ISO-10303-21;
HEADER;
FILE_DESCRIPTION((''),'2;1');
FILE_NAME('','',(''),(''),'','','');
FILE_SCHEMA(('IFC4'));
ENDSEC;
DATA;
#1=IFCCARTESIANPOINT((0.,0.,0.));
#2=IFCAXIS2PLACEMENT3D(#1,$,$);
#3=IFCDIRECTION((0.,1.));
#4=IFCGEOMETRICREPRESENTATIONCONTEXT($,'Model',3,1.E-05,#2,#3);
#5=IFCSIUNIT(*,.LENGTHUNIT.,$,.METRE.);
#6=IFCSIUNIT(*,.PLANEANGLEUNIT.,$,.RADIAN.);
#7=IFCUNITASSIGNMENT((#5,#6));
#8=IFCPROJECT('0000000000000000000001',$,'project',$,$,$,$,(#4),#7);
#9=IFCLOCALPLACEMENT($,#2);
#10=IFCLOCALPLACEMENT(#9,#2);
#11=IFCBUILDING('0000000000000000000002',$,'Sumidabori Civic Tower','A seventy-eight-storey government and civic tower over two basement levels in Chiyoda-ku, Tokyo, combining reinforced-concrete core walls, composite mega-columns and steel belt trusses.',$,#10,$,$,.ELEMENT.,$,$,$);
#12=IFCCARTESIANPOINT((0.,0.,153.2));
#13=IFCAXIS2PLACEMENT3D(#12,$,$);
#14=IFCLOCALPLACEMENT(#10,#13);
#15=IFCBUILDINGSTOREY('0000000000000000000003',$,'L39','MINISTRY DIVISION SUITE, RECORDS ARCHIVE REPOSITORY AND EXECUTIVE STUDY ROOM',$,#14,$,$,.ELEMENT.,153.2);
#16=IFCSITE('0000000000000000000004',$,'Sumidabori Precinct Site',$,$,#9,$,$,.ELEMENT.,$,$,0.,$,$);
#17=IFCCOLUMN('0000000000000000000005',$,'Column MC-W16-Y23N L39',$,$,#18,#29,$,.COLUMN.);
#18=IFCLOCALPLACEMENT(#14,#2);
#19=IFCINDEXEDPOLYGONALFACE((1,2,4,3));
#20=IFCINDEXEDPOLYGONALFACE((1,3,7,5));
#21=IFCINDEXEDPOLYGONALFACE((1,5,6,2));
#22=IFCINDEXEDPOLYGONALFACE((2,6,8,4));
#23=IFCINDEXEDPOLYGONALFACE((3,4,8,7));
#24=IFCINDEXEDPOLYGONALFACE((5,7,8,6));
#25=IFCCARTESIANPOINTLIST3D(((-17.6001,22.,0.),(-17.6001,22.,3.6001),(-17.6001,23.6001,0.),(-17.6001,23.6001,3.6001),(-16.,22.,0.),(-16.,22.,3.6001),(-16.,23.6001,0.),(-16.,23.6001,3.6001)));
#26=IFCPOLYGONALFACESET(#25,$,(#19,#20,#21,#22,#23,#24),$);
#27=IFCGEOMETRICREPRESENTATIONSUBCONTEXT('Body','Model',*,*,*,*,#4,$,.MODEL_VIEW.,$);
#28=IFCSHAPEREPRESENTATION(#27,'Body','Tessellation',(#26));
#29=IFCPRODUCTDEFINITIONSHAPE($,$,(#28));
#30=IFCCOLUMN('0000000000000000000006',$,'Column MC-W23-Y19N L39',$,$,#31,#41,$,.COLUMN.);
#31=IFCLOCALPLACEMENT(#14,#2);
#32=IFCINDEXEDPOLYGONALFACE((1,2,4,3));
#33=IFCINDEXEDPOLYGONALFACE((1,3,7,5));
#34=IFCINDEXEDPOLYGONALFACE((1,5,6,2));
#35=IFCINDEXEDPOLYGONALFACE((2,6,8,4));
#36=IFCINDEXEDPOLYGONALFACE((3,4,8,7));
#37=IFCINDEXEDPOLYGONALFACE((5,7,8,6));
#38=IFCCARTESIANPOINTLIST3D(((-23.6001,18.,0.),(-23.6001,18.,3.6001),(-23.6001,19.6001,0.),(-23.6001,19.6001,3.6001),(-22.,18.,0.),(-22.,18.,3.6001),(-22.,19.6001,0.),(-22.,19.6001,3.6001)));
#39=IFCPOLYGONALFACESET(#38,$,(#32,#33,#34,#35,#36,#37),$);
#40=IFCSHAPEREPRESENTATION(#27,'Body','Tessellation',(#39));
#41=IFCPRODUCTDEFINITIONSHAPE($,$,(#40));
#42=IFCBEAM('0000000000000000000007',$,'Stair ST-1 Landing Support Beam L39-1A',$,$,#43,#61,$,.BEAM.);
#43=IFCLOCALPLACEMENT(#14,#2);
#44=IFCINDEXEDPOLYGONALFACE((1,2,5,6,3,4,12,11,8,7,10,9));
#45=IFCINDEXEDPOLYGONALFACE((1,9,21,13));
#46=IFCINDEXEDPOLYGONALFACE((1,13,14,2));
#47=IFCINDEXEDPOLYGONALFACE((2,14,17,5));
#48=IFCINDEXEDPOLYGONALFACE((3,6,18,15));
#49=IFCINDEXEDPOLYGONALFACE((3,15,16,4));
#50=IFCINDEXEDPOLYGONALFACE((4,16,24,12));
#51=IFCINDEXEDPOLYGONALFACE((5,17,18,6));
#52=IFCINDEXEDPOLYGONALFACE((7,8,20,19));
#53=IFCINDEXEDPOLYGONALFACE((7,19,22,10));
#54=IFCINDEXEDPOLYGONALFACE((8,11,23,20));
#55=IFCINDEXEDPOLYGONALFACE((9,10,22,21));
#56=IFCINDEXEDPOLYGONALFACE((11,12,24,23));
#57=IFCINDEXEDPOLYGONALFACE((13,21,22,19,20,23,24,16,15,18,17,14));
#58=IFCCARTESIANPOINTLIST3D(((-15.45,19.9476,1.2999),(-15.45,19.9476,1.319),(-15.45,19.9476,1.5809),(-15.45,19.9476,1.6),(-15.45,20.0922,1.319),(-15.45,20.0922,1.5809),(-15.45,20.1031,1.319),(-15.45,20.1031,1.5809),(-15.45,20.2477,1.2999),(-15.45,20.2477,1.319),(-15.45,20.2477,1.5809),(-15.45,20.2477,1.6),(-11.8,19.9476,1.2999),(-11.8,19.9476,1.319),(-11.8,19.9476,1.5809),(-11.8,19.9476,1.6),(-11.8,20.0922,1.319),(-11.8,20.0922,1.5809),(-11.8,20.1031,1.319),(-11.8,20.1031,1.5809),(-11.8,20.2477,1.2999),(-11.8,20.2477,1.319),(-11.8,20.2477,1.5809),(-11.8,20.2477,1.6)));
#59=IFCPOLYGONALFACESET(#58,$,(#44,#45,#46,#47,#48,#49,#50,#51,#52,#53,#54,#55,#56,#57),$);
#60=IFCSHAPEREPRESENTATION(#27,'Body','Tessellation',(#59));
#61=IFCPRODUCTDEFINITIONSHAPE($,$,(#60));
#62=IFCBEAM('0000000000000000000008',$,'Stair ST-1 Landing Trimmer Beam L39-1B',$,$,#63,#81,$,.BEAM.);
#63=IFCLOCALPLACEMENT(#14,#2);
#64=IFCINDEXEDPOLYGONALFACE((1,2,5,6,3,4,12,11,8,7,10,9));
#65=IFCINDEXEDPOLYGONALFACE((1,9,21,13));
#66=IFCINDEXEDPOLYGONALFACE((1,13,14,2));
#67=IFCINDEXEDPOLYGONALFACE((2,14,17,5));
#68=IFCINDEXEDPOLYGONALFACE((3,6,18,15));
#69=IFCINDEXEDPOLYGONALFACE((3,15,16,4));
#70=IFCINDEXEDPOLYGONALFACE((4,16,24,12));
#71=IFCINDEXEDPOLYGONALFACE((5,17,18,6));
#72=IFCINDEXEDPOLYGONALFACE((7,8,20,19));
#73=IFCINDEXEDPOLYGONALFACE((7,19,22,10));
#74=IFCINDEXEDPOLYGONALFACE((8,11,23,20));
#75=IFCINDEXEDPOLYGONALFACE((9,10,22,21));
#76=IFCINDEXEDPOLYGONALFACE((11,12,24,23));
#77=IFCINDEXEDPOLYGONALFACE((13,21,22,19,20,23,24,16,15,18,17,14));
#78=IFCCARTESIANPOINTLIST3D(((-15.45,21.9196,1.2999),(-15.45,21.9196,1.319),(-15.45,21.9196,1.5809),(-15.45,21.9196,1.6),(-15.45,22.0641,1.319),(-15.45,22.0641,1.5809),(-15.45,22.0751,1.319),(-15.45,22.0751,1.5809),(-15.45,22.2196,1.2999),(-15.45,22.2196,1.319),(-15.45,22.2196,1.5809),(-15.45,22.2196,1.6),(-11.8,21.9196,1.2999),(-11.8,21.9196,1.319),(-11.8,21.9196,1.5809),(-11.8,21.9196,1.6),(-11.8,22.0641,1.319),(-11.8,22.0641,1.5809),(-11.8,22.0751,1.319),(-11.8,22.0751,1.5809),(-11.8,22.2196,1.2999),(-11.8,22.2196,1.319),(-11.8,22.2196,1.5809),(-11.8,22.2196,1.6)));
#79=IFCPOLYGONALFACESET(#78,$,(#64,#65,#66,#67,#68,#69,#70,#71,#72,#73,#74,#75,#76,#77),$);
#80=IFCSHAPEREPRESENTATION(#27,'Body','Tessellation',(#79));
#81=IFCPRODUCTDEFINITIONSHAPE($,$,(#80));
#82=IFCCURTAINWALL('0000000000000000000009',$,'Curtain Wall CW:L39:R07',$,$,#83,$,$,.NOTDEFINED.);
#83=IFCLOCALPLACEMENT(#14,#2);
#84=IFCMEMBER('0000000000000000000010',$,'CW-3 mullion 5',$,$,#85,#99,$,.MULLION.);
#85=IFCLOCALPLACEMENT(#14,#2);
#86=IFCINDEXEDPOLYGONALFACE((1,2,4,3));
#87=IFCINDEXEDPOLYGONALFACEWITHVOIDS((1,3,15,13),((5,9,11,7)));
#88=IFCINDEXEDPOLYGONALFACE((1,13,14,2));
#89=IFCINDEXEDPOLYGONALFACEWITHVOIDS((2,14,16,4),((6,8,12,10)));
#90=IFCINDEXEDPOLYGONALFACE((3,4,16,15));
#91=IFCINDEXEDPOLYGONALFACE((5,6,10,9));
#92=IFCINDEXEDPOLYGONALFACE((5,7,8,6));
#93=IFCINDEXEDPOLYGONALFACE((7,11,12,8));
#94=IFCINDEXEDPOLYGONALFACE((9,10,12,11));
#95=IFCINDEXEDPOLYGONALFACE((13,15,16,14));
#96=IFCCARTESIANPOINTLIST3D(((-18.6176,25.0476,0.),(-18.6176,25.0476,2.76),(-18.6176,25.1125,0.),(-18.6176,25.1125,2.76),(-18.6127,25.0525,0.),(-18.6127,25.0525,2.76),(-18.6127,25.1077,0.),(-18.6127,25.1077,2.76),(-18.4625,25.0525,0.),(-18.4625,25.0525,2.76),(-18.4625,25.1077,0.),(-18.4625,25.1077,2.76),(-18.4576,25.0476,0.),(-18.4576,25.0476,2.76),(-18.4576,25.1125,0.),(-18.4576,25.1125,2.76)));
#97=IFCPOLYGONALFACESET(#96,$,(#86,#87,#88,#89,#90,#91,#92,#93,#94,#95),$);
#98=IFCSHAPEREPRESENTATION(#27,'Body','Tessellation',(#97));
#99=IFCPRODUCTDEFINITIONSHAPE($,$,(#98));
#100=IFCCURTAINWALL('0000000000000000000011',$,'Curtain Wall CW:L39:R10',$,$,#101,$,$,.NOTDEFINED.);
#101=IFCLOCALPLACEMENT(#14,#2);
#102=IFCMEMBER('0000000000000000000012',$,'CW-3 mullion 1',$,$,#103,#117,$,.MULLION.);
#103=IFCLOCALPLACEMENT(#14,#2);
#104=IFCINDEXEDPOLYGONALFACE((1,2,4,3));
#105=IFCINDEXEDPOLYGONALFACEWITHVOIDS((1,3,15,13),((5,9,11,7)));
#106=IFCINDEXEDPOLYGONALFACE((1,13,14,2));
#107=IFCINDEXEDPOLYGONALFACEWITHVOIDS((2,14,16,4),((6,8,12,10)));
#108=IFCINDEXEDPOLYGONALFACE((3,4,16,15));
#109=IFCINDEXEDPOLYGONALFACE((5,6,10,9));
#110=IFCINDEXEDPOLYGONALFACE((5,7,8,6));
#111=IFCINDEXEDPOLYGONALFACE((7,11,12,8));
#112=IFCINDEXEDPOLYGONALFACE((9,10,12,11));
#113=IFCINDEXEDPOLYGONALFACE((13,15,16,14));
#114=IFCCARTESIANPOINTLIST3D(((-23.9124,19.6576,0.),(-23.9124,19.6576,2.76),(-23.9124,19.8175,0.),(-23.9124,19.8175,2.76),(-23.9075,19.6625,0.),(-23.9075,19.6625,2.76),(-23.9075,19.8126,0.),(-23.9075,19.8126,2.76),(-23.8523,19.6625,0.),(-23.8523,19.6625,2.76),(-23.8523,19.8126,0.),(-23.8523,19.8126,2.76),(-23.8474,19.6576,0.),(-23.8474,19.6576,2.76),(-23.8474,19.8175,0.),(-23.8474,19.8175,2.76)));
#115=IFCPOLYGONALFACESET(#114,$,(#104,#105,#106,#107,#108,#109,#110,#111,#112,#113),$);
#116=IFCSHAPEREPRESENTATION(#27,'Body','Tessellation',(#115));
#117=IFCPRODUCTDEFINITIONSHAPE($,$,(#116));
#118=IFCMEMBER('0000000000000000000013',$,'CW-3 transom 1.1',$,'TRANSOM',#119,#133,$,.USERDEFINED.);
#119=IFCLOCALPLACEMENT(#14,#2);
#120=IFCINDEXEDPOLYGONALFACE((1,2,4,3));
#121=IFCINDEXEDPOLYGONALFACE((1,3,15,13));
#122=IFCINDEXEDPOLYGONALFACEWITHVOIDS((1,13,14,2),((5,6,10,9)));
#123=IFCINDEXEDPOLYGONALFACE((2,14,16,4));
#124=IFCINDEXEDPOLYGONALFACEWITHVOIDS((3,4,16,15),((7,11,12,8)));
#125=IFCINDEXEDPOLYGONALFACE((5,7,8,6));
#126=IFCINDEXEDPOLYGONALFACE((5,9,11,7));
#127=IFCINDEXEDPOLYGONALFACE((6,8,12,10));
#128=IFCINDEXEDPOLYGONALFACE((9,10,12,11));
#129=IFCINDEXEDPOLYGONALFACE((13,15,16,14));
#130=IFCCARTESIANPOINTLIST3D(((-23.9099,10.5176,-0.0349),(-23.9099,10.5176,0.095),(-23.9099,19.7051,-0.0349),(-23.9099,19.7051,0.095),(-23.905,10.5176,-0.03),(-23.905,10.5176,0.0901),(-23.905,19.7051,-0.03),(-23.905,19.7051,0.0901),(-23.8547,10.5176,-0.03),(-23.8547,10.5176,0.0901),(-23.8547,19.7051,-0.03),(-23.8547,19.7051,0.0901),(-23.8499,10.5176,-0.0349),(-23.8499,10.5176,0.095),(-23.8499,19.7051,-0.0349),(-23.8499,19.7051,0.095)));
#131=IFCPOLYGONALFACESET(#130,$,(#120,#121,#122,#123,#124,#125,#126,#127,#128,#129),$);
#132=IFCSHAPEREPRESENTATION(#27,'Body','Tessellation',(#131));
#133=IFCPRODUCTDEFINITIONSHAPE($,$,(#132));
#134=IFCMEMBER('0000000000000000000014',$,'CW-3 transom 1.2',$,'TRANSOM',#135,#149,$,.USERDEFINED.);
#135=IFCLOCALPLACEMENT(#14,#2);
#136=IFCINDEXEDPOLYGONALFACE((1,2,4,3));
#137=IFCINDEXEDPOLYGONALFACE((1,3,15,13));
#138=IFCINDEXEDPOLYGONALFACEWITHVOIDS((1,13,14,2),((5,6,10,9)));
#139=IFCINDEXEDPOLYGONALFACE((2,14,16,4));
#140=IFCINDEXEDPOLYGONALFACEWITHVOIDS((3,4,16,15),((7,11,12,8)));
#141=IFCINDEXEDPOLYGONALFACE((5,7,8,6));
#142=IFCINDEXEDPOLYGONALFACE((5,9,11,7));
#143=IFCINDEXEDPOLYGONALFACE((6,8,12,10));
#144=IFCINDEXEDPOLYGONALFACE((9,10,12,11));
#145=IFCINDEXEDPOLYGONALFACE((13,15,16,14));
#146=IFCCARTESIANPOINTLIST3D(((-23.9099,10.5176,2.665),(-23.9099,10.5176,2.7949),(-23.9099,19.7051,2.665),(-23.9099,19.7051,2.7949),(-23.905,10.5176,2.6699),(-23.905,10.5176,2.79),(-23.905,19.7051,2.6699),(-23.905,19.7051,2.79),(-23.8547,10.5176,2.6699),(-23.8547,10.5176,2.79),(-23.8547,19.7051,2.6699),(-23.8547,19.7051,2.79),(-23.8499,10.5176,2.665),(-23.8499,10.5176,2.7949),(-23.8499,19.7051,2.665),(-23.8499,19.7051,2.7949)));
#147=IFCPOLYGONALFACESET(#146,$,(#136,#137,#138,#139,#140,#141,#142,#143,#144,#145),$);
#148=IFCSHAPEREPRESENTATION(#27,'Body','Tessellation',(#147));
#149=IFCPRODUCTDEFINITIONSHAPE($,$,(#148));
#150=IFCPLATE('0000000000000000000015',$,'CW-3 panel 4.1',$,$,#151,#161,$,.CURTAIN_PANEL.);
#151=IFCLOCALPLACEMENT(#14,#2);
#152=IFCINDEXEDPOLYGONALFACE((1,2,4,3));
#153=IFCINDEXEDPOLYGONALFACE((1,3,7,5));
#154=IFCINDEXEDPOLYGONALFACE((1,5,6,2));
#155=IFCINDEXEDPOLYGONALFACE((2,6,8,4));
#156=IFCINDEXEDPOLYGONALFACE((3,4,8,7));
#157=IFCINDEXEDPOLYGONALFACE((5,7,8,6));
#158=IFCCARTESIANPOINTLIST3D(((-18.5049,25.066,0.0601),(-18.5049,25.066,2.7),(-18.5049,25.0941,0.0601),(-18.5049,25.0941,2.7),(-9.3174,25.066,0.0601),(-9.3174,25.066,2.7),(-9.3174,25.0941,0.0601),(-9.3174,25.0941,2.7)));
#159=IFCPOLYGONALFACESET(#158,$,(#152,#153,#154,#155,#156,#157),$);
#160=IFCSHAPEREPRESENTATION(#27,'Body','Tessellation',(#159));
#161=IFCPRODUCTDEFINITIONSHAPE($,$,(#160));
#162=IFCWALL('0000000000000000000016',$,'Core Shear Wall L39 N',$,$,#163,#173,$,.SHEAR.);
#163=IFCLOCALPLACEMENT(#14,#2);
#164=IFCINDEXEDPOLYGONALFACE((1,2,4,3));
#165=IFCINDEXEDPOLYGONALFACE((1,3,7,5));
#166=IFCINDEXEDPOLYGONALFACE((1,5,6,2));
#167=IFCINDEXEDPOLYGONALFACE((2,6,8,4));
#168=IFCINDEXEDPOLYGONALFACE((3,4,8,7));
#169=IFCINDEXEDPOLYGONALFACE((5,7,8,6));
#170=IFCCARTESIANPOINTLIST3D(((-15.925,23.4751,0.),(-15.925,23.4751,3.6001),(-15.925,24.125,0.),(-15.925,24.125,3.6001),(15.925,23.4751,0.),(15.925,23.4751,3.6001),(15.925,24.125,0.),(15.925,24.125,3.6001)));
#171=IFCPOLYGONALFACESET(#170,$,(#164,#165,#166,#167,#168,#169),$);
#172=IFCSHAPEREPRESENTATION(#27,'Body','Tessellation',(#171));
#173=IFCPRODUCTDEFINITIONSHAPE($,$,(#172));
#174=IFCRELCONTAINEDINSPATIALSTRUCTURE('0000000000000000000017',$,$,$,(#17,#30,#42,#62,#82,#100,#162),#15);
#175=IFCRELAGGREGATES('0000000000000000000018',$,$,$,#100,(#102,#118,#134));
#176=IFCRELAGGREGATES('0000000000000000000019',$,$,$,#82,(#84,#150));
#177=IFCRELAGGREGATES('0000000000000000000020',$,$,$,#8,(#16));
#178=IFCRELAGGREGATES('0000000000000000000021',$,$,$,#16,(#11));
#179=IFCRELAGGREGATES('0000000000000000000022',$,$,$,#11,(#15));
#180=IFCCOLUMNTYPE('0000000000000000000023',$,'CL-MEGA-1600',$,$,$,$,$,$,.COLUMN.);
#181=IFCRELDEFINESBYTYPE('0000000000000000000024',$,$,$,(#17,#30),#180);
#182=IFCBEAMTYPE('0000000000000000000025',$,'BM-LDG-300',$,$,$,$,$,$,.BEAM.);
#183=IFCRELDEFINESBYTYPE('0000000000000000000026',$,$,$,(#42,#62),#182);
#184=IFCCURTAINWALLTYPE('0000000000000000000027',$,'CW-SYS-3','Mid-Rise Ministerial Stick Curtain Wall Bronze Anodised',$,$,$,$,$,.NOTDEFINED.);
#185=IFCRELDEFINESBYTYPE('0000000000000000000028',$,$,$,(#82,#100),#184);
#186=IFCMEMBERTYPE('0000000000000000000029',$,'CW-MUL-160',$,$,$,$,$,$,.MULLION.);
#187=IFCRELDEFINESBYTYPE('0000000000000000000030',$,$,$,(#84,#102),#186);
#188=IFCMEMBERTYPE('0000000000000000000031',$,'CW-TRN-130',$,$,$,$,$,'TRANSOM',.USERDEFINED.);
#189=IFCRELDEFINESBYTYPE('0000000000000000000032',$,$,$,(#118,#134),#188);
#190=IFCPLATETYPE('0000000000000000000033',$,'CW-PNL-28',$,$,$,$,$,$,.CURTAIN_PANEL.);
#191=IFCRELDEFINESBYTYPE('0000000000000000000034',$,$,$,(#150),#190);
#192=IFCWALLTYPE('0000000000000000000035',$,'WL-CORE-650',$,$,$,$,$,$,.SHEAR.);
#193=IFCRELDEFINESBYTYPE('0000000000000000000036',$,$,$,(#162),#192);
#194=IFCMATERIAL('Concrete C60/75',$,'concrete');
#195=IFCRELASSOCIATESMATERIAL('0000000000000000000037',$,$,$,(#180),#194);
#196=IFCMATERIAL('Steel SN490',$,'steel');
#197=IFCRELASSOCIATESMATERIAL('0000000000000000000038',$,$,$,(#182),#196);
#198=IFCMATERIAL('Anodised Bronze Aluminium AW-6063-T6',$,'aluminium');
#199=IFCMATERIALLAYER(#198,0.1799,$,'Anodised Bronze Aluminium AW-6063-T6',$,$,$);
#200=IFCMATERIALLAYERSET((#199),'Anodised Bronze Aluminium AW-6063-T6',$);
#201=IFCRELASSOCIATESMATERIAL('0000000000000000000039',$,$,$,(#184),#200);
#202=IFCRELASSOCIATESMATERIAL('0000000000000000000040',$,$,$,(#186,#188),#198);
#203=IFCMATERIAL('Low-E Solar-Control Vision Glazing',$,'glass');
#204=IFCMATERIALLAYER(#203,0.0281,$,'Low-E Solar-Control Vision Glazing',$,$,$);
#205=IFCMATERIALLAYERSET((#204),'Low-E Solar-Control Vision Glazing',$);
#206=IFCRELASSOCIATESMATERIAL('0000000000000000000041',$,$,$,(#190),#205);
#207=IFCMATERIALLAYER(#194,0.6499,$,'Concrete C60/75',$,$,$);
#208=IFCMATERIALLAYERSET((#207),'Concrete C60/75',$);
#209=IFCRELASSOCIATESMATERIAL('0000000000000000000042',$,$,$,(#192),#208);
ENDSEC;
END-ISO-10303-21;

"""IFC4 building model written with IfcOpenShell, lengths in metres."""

from ifc_helpers import new_model, si_unit, direction, frame, frame_2d, origin, origin_2d, place, context, subcontext, project, spatial, rectangle, hollow_rectangle, i_section, extrude, source, transform, mapped, material, layer, layer_set, material_profile, profile_set, type_object, element, aggregate, save


model = new_model("IFC4")

# Units and contexts
model_context = context("Model", 3, precision=1e-05, world=origin(), true_north=direction((0.0, 1.0)))
body_context = subcontext(model_context, "Body", "Model", "MODEL_VIEW")
ifc_project = project(units=[si_unit("LENGTHUNIT", "METRE"), si_unit("PLANEANGLEUNIT", "RADIAN")], contexts=[model_context])

# Site, building, storey
site_placement = place(None, origin())
site = spatial("IfcSite", under=ifc_project, at=site_placement, Name="Sumidabori Precinct Site", CompositionType="ELEMENT", RefElevation=0.0)
building_placement = place(site_placement, origin())
building = spatial("IfcBuilding", under=site, at=building_placement, Name="Sumidabori Civic Tower", Description="A seventy-eight-storey government and civic tower over two basement levels in Chiyoda-ku, Tokyo, combining reinforced-concrete core walls, composite mega-columns and steel belt trusses.", CompositionType="ELEMENT")
storey_placement = place(building_placement, frame((0.0, 0.0, 153.2)))
storey = spatial("IfcBuildingStorey", under=building, at=storey_placement, Name="L39", Description="MINISTRY DIVISION SUITE, RECORDS ARCHIVE REPOSITORY AND EXECUTIVE STUDY ROOM", CompositionType="ELEMENT", Elevation=153.2)

# Columns
ifc_material_1 = material(Name="Concrete C60/75", Category="concrete")
ifc_material_profile_1 = material_profile(ifc_material_1, rectangle(XDim=1.6001, YDim=1.6001, at=origin_2d()), Name="RC 1600x1600")
ifc_profile_set_1 = profile_set([ifc_material_profile_1], Name="Concrete C60/75")
column_type = type_object("IfcColumnType", Name="CL-MEGA-1600", PredefinedType="COLUMN", material=ifc_profile_set_1)
shared_shape_1 = source(origin(), body_context, "Body", "SweptSolid", [
    extrude(rectangle(XDim=1.6001, YDim=1.6001, at=origin_2d()), origin(), (0.0, 0.0, 1.0), 3.6001),
])
for number, where, z_axis, x_axis, name in (
    (1, (-16.8, 22.8, 0.0), (0.0, 0.0, 1.0), (1.0, 0.0, 0.0), "Column MC-W16-Y23N L39"),
    (2, (-22.8, 18.8, 0.0), (0.0, 0.0, 1.0), (1.0, 0.0, 0.0), "Column MC-W23-Y19N L39"),
):
    element("IfcColumn", number, at=place(storey_placement, frame(where, z_axis=z_axis, x_axis=x_axis)), inside=storey, type_object=column_type, Name=name, PredefinedType="COLUMN", context=body_context, shape_type="MappedRepresentation", body=[
        mapped(shared_shape_1, transform((0.0, 0.0, 0.0), x_axis=(1.0, 0.0, 0.0), y_axis=(0.0, 1.0, 0.0), z_axis=(0.0, 0.0, 1.0), scale=1.0)),
    ])

# Beams
ifc_material_2 = material(Name="Steel SN490", Category="steel")
ifc_material_profile_2 = material_profile(ifc_material_2, i_section(OverallWidth=0.3, OverallDepth=0.3, WebThickness=0.011, FlangeThickness=0.019, at=origin_2d()), Name="HE 300 B")
ifc_profile_set_2 = profile_set([ifc_material_profile_2], Name="Steel SN490")
beam_type = type_object("IfcBeamType", Name="BM-LDG-300", PredefinedType="BEAM", material=ifc_profile_set_2)
shared_shape_2 = source(origin(), body_context, "Body", "SweptSolid", [
    extrude(i_section(OverallWidth=0.3, OverallDepth=0.3, WebThickness=0.011, FlangeThickness=0.019, at=origin_2d()), origin(), (0.0, 0.0, 1.0), 3.6499),
])
for number, where, z_axis, x_axis, name in (
    (3, (-15.45, 20.0977, 1.45), (1.0, 0.0, 0.0), (0.0, 1.0, 0.0), "Stair ST-1 Landing Support Beam L39-1A"),
    (4, (-15.45, 22.0696, 1.45), (1.0, 0.0, 0.0), (0.0, 1.0, 0.0), "Stair ST-1 Landing Trimmer Beam L39-1B"),
):
    element("IfcBeam", number, at=place(storey_placement, frame(where, z_axis=z_axis, x_axis=x_axis)), inside=storey, type_object=beam_type, Name=name, PredefinedType="BEAM", context=body_context, shape_type="MappedRepresentation", body=[
        mapped(shared_shape_2, transform((0.0, 0.0, 0.0), x_axis=(1.0, 0.0, 0.0), y_axis=(0.0, 1.0, 0.0), z_axis=(0.0, 0.0, 1.0), scale=1.0)),
    ])

# Curtain wall, member
ifc_material_3 = material(Name="Anodised Bronze Aluminium AW-6063-T6", Category="aluminium")
ifc_layer_1 = layer(ifc_material_3, 0.1799, Name="Anodised Bronze Aluminium AW-6063-T6")
ifc_layer_set_1 = layer_set([ifc_layer_1], Name="Anodised Bronze Aluminium AW-6063-T6")
curtain_wall_type = type_object("IfcCurtainWallType", Name="CW-SYS-3", Description="Mid-Rise Ministerial Stick Curtain Wall Bronze Anodised", PredefinedType="NOTDEFINED", material=ifc_layer_set_1)
curtain_wall_1_placement = place(storey_placement, origin())
curtain_wall_1 = element("IfcCurtainWall", 5, at=curtain_wall_1_placement, inside=storey, type_object=curtain_wall_type, Name="Curtain Wall CW:L39:R07", PredefinedType="NOTDEFINED")
ifc_material_profile_3 = material_profile(ifc_material_3, hollow_rectangle(XDim=0.0649, YDim=0.1599, WallThickness=0.0049, at=origin_2d()), Name="ALU MULLION 160x65")
ifc_profile_set_3 = profile_set([ifc_material_profile_3], Name="Anodised Bronze Aluminium AW-6063-T6")
member_type_1 = type_object("IfcMemberType", Name="CW-MUL-160", PredefinedType="MULLION", material=ifc_profile_set_3)
shared_shape_3 = source(origin(), body_context, "Body", "SweptSolid", [
    extrude(hollow_rectangle(XDim=0.0649, YDim=0.1599, WallThickness=0.0049, at=origin_2d()), origin(), (0.0, 0.0, 1.0), 2.76),
])
member_1_placement = place(storey_placement, frame((-18.5376, 25.0801, 0.0), z_axis=(0.0, 0.0, 1.0), x_axis=(0.0, -1.0, 0.0)))
member_1 = element("IfcMember", 6, at=member_1_placement, type_object=member_type_1, Name="CW-3 mullion 5", PredefinedType="MULLION", context=body_context, shape_type="MappedRepresentation", body=[
    mapped(shared_shape_3, transform((0.0, 0.0, 0.0), x_axis=(1.0, 0.0, 0.0), y_axis=(0.0, 1.0, 0.0), z_axis=(0.0, 0.0, 1.0), scale=1.0)),
])

# Curtain wall, members
curtain_wall_2_placement = place(storey_placement, origin())
curtain_wall_2 = element("IfcCurtainWall", 7, at=curtain_wall_2_placement, inside=storey, type_object=curtain_wall_type, Name="Curtain Wall CW:L39:R10", PredefinedType="NOTDEFINED")
member_2_placement = place(storey_placement, frame((-23.8799, 19.7375, 0.0), z_axis=(0.0, 0.0, 1.0), x_axis=(1.0, 0.0, 0.0)))
member_2 = element("IfcMember", 8, at=member_2_placement, type_object=member_type_1, Name="CW-3 mullion 1", PredefinedType="MULLION", context=body_context, shape_type="MappedRepresentation", body=[
    mapped(shared_shape_3, transform((0.0, 0.0, 0.0), x_axis=(1.0, 0.0, 0.0), y_axis=(0.0, 1.0, 0.0), z_axis=(0.0, 0.0, 1.0), scale=1.0)),
])
ifc_material_profile_4 = material_profile(ifc_material_3, hollow_rectangle(XDim=0.0601, YDim=0.1299, WallThickness=0.0049, at=origin_2d()), Name="ALU TRANSOM 130x60")
ifc_profile_set_4 = profile_set([ifc_material_profile_4], Name="Anodised Bronze Aluminium AW-6063-T6")
member_type_2 = type_object("IfcMemberType", Name="CW-TRN-130", ElementType="TRANSOM", PredefinedType="USERDEFINED", material=ifc_profile_set_4)
shared_shape_4 = source(origin(), body_context, "Body", "SweptSolid", [
    extrude(hollow_rectangle(XDim=0.0601, YDim=0.1299, WallThickness=0.0049, at=origin_2d()), origin(), (0.0, 0.0, 1.0), 9.1875),
])
member_3_placement = place(storey_placement, frame((-23.8799, 19.7051, 0.03), z_axis=(0.0, -1.0, 0.0), x_axis=(1.0, 0.0, 0.0)))
member_3 = element("IfcMember", 9, at=member_3_placement, type_object=member_type_2, Name="CW-3 transom 1.1", ObjectType="TRANSOM", PredefinedType="USERDEFINED", context=body_context, shape_type="MappedRepresentation", body=[
    mapped(shared_shape_4, transform((0.0, 0.0, 0.0), x_axis=(1.0, 0.0, 0.0), y_axis=(0.0, 1.0, 0.0), z_axis=(0.0, 0.0, 1.0), scale=1.0)),
])
member_4_placement = place(storey_placement, frame((-23.8799, 19.7051, 2.73), z_axis=(0.0, -1.0, 0.0), x_axis=(1.0, 0.0, 0.0)))
member_4 = element("IfcMember", 10, at=member_4_placement, type_object=member_type_2, Name="CW-3 transom 1.2", ObjectType="TRANSOM", PredefinedType="USERDEFINED", context=body_context, shape_type="MappedRepresentation", body=[
    mapped(shared_shape_4, transform((0.0, 0.0, 0.0), x_axis=(1.0, 0.0, 0.0), y_axis=(0.0, 1.0, 0.0), z_axis=(0.0, 0.0, 1.0), scale=1.0)),
])
aggregate(curtain_wall_2, [member_2, member_3, member_4])

# Plate
ifc_material_4 = material(Name="Low-E Solar-Control Vision Glazing", Category="glass")
ifc_layer_2 = layer(ifc_material_4, 0.0281, Name="Low-E Solar-Control Vision Glazing")
ifc_layer_set_2 = layer_set([ifc_layer_2], Name="Low-E Solar-Control Vision Glazing")
plate_type = type_object("IfcPlateType", Name="CW-PNL-28", PredefinedType="CURTAIN_PANEL", material=ifc_layer_set_2)
shared_shape_5 = source(origin(), body_context, "Body", "SweptSolid", [
    extrude(rectangle(XDim=9.1875, YDim=0.0281, at=origin_2d()), origin(), (0.0, 0.0, 1.0), 2.6399),
])
plate_placement = place(storey_placement, frame((-13.9111, 25.0801, 0.0601), z_axis=(0.0, 0.0, 1.0), x_axis=(-1.0, 0.0, 0.0)))
plate = element("IfcPlate", 11, at=plate_placement, type_object=plate_type, Name="CW-3 panel 4.1", PredefinedType="CURTAIN_PANEL", context=body_context, shape_type="MappedRepresentation", body=[
    mapped(shared_shape_5, transform((0.0, 0.0, 0.0), x_axis=(1.0, 0.0, 0.0), y_axis=(0.0, 1.0, 0.0), z_axis=(0.0, 0.0, 1.0), scale=1.0)),
])
aggregate(curtain_wall_1, [member_1, plate])

# Wall
ifc_layer_3 = layer(ifc_material_1, 0.6499, Name="Concrete C60/75")
ifc_layer_set_3 = layer_set([ifc_layer_3], Name="Concrete C60/75")
wall_type_1 = type_object("IfcWallType", Name="WL-CORE-650", PredefinedType="SHEAR", material=ifc_layer_set_3)
shared_shape_6 = source(origin(), body_context, "Body", "SweptSolid", [
    extrude(rectangle(XDim=31.8501, YDim=0.6499, at=frame_2d((15.925, 0.0))), origin(), (0.0, 0.0, 1.0), 3.6001),
])
wall_placement = place(storey_placement, frame((-15.925, 23.8, 0.0), z_axis=(0.0, 0.0, 1.0), x_axis=(1.0, 0.0, 0.0)))
element("IfcWall", 12, at=wall_placement, inside=storey, type_object=wall_type_1, Name="Core Shear Wall L39 N", PredefinedType="SHEAR", context=body_context, shape_type="MappedRepresentation", body=[
    mapped(shared_shape_6, transform((0.0, 0.0, 0.0), x_axis=(1.0, 0.0, 0.0), y_axis=(0.0, 1.0, 0.0), z_axis=(0.0, 0.0, 1.0), scale=1.0)),
])

save(model, "model.ifc")
